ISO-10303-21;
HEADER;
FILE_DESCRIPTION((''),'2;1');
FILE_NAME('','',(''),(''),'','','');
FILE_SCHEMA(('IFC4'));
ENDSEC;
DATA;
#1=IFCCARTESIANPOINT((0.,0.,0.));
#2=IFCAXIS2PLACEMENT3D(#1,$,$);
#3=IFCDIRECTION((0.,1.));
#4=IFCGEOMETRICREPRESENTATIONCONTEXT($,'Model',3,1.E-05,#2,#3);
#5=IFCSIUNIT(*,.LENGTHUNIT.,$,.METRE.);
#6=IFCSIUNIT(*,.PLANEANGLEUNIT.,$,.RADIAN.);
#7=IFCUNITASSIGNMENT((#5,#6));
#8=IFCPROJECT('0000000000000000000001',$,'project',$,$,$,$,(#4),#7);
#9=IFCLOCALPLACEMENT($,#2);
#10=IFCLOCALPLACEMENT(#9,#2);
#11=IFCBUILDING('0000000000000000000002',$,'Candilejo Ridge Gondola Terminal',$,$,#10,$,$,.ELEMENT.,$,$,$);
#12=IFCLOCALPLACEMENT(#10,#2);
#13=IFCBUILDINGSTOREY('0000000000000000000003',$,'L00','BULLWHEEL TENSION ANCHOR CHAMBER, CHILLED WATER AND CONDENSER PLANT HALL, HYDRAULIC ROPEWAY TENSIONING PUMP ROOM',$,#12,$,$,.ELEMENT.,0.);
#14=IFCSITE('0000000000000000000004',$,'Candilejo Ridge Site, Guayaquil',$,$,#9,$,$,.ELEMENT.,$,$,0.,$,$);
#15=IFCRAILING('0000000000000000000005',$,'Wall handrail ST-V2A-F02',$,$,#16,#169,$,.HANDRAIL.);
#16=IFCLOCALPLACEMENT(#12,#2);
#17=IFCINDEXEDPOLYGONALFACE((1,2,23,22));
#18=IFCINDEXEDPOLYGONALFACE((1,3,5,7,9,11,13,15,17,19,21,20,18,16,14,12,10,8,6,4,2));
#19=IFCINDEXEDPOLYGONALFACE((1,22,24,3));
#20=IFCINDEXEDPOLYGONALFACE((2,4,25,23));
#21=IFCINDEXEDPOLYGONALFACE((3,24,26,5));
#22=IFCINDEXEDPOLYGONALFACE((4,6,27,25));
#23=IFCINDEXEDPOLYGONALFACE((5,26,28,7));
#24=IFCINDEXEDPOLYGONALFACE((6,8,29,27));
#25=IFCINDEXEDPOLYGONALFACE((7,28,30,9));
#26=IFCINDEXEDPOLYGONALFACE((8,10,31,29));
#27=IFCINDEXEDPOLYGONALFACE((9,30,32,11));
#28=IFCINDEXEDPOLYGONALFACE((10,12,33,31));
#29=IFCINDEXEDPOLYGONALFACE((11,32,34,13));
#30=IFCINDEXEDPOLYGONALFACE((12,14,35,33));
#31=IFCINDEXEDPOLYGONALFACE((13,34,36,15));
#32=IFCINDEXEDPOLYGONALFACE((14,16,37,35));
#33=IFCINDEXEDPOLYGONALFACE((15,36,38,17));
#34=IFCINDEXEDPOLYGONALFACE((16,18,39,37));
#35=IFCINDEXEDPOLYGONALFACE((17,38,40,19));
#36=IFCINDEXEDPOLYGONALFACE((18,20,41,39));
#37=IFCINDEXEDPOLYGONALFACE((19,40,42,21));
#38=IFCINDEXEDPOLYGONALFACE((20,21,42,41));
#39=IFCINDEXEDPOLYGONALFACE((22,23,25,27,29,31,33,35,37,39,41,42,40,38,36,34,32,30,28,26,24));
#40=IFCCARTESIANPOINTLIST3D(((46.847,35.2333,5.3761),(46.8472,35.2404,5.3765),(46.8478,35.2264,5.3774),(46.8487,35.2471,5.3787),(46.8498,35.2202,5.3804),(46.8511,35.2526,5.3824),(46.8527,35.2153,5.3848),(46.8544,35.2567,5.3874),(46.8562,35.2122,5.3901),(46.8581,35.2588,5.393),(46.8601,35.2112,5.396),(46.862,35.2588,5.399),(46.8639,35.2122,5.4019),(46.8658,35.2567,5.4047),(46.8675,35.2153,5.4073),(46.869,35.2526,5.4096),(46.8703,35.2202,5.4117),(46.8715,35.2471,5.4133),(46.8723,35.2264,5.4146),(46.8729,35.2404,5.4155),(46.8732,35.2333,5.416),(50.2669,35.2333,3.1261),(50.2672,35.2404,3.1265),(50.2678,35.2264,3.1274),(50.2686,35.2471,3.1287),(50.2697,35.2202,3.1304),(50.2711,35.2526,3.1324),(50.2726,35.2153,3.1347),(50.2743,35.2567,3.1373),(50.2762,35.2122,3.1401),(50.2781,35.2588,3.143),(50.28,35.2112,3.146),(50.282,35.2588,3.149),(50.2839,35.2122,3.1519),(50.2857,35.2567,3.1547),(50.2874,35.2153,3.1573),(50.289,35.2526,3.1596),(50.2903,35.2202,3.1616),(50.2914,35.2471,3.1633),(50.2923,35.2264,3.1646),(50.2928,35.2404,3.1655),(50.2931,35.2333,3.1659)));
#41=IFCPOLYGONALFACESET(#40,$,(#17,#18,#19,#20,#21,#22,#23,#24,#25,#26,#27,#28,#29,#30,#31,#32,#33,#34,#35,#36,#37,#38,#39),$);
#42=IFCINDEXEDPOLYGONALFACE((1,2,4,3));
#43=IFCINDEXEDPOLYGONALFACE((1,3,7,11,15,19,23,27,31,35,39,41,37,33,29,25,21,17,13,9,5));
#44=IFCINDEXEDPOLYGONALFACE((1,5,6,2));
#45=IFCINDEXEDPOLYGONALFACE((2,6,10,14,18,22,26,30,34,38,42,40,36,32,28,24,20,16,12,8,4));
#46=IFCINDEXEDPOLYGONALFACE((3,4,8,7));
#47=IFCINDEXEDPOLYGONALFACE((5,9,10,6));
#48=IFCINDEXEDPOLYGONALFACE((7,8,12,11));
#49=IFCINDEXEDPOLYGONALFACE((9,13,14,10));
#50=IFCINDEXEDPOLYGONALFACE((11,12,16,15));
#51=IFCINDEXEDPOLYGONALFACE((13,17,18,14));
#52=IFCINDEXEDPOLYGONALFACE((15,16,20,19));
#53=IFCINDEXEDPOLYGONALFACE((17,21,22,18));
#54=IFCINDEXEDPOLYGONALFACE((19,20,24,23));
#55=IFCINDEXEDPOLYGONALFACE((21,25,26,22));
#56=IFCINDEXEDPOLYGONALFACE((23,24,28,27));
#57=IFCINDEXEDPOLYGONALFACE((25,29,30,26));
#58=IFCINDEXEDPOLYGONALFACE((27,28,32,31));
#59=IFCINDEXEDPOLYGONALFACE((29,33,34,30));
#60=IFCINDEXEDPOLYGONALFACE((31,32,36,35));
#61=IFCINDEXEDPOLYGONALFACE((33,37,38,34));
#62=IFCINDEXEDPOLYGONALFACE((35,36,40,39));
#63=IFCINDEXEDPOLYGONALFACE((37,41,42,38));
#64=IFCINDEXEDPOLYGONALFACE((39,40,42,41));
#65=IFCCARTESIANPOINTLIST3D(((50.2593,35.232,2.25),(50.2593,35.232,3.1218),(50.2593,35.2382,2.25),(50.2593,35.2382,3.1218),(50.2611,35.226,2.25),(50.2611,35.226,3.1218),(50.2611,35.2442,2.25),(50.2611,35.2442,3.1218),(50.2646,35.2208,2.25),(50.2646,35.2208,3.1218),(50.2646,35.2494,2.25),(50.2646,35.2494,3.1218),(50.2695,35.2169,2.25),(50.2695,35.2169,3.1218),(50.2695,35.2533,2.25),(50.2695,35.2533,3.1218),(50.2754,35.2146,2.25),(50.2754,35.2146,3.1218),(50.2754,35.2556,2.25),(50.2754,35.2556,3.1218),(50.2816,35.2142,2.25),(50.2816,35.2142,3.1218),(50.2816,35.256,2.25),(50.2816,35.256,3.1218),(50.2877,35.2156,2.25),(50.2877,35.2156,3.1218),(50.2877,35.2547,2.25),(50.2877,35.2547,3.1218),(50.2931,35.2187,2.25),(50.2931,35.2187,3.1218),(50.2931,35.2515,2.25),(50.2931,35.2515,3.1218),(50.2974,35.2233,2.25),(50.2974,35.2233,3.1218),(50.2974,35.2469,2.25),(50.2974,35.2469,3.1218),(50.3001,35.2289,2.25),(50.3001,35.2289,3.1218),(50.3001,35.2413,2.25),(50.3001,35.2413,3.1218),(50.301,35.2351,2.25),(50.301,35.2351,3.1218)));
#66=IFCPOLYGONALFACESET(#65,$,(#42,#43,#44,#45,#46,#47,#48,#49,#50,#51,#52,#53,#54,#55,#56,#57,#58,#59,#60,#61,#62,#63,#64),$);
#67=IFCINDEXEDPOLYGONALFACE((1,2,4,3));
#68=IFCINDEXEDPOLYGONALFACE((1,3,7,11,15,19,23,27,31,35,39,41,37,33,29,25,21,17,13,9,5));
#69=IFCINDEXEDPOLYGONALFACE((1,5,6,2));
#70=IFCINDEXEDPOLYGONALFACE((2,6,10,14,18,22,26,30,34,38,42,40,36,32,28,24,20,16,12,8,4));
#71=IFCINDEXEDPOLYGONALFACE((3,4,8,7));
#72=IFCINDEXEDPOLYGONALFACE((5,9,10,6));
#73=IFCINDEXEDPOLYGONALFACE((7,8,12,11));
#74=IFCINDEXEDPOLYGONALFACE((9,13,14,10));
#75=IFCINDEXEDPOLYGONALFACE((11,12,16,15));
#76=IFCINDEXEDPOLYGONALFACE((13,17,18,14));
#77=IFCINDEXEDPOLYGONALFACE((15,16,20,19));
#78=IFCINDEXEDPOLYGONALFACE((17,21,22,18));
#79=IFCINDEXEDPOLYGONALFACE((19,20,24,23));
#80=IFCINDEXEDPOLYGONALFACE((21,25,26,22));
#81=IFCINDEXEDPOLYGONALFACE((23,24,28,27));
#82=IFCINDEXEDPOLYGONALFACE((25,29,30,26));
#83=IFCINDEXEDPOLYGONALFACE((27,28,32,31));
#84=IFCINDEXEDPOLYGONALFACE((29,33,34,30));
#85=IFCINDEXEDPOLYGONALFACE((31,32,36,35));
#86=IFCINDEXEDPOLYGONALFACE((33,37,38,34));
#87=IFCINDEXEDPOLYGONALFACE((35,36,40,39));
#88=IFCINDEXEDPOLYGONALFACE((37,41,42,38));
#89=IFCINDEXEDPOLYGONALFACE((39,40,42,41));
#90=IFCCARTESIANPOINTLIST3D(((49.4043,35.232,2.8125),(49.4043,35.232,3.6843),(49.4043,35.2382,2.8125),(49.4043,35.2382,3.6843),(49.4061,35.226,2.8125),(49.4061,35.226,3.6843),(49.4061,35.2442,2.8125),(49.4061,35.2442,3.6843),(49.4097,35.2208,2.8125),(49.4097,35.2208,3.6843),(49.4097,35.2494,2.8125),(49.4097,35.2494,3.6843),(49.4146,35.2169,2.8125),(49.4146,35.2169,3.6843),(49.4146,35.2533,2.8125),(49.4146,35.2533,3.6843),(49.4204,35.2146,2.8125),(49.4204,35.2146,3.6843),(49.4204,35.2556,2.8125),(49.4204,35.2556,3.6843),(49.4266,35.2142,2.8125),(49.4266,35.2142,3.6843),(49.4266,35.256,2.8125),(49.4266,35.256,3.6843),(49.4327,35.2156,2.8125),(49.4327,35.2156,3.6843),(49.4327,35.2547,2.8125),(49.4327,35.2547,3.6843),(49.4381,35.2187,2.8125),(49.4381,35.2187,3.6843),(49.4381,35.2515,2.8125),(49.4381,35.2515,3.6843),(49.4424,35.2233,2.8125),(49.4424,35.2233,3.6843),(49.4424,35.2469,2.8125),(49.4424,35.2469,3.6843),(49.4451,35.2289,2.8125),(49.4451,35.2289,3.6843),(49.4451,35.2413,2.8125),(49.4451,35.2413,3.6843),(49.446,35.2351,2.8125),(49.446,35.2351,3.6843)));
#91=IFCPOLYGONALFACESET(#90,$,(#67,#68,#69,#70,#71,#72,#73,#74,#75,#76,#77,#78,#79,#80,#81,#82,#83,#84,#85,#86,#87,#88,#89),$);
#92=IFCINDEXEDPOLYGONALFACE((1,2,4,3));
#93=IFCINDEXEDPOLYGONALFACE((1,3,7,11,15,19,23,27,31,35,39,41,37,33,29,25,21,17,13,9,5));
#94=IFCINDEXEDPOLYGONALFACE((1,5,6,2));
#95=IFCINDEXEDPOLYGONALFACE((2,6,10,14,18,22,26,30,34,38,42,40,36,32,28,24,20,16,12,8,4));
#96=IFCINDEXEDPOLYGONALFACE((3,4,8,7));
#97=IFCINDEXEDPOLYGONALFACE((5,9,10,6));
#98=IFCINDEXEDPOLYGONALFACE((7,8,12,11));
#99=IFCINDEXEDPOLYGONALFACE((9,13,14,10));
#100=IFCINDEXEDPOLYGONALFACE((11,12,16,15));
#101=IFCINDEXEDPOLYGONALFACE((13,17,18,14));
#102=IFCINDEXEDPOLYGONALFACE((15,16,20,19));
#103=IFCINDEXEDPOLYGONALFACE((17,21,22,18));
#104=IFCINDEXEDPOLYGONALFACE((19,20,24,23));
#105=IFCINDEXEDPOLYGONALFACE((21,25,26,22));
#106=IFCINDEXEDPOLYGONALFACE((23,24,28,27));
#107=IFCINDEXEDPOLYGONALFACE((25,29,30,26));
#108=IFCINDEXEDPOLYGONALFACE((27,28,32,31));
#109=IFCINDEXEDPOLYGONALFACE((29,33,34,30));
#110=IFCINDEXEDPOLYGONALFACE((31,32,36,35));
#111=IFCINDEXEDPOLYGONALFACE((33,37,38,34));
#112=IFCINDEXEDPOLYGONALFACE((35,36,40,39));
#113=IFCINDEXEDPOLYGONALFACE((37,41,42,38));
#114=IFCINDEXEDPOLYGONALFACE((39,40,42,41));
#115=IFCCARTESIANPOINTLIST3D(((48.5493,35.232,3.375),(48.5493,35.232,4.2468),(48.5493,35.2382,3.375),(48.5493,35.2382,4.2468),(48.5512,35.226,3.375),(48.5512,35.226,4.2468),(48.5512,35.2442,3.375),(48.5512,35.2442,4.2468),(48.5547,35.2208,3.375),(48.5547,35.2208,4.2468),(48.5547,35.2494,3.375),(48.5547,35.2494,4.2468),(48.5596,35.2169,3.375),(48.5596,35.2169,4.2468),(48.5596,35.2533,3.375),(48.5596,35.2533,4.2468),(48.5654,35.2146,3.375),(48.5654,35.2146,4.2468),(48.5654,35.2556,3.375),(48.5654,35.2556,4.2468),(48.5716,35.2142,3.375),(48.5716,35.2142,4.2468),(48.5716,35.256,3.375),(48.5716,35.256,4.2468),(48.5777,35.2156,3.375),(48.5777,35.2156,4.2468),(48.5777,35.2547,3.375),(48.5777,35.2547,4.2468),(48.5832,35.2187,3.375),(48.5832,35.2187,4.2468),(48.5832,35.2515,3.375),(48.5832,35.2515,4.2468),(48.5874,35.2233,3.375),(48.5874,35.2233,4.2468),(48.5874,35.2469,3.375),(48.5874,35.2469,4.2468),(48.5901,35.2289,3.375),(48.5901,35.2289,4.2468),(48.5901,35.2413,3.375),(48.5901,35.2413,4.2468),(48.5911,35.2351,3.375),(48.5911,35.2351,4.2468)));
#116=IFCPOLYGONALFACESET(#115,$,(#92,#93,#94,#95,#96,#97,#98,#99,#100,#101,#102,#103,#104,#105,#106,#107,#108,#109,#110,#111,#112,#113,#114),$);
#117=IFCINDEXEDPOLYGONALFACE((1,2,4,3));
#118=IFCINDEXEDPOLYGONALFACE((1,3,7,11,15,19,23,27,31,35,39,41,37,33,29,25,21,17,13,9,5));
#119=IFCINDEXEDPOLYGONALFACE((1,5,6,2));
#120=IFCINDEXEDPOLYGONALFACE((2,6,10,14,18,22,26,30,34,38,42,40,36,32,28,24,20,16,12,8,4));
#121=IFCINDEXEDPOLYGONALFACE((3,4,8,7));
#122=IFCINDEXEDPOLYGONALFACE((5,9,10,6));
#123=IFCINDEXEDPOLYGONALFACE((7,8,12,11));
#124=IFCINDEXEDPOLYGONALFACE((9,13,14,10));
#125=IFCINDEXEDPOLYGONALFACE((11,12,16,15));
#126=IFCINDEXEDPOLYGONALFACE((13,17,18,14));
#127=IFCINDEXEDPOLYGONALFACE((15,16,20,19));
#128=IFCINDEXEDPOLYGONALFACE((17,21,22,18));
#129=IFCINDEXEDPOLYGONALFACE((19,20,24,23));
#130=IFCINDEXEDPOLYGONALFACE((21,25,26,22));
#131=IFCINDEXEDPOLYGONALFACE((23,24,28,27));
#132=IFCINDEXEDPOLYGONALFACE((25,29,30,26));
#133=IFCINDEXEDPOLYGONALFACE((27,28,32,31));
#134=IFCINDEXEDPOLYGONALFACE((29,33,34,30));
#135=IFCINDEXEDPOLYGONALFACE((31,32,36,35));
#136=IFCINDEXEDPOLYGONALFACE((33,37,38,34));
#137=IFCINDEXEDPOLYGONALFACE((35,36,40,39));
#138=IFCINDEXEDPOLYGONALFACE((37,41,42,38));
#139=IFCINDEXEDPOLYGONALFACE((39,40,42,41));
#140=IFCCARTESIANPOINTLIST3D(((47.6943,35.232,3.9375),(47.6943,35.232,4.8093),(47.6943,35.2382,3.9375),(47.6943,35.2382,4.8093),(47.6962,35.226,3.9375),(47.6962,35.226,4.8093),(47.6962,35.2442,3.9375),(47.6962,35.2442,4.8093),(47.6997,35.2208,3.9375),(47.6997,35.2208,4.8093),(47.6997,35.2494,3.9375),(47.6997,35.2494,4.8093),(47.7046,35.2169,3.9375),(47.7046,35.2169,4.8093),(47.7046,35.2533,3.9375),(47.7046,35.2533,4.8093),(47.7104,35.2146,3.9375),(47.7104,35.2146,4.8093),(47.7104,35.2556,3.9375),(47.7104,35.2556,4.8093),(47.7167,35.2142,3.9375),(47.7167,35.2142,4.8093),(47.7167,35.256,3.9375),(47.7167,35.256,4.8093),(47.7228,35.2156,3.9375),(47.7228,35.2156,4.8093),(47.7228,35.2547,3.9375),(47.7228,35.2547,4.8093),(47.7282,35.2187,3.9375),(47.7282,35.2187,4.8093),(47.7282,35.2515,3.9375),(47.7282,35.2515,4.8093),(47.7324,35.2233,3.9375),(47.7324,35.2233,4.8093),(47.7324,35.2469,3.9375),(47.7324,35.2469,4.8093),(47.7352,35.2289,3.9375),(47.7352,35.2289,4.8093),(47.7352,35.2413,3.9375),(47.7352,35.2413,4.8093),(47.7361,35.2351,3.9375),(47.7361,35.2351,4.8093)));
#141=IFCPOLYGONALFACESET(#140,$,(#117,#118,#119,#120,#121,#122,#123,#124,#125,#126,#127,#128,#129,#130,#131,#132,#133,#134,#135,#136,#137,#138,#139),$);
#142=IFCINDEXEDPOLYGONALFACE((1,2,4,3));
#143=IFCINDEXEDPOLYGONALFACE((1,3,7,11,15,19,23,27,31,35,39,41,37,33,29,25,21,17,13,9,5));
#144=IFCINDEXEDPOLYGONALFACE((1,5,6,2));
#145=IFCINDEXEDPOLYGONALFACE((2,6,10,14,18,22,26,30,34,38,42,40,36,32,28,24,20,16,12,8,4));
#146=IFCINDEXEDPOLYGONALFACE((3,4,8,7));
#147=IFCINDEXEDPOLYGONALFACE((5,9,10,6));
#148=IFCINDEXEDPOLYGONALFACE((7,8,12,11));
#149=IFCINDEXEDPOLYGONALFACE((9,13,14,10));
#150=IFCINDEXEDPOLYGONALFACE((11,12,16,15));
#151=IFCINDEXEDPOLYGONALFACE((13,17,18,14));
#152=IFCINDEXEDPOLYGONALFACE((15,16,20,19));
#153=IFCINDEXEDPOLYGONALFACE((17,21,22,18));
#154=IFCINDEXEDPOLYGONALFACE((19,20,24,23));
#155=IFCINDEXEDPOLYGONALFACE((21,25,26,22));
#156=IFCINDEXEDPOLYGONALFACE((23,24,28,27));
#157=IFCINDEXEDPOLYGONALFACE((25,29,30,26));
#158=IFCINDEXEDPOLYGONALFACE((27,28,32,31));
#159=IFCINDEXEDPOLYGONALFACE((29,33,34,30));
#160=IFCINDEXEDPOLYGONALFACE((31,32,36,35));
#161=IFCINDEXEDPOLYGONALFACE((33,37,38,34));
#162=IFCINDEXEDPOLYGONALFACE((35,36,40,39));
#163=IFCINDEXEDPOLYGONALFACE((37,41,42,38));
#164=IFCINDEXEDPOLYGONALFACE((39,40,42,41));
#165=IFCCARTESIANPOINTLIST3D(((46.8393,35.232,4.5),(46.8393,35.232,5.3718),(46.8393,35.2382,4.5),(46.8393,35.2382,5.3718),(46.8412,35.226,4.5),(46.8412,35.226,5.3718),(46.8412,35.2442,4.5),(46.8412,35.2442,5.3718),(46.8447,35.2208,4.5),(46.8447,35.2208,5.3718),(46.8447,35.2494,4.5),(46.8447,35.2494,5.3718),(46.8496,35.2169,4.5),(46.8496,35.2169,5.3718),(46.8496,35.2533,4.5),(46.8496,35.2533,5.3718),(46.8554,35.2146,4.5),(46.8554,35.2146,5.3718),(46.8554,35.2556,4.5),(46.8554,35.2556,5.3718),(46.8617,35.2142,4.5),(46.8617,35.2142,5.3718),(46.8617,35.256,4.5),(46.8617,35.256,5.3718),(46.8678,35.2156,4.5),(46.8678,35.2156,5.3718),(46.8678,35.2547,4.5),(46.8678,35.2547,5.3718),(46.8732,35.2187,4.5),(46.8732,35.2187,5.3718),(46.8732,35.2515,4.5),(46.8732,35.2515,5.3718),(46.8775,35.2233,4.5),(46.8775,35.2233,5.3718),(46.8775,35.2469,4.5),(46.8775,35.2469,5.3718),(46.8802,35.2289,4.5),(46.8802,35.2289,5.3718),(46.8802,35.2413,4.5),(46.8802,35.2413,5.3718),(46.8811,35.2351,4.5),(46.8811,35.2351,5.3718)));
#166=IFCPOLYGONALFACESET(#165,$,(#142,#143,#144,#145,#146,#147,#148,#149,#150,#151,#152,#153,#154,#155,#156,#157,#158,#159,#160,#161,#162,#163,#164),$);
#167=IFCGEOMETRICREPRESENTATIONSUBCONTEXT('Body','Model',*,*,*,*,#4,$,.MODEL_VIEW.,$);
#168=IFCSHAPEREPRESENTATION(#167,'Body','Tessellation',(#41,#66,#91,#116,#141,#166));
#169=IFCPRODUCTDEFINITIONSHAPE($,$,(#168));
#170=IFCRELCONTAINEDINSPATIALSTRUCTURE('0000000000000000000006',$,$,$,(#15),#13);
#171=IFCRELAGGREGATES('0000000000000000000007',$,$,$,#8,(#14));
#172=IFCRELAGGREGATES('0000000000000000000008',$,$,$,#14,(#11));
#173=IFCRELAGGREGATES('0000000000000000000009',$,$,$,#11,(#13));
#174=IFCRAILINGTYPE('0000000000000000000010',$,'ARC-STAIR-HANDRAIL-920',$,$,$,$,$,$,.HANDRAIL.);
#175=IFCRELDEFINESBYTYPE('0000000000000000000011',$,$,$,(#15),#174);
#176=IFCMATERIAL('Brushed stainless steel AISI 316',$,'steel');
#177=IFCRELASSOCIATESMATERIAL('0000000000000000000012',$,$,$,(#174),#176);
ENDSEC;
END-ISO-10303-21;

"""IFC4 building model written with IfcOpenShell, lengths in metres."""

from ifc_helpers import new_model, si_unit, direction, frame, origin, origin_2d, place, context, subcontext, project, spatial, circle, extrude, material, type_object, element, save


model = new_model("IFC4")

# Units and contexts
model_context = context("Model", 3, precision=1e-05, world=origin(), true_north=direction((0.0, 1.0)))
body_context = subcontext(model_context, "Body", "Model", "MODEL_VIEW")
ifc_project = project(units=[si_unit("LENGTHUNIT", "METRE"), si_unit("PLANEANGLEUNIT", "RADIAN")], contexts=[model_context])

# Site, building, storey
site_placement = place(None, origin())
site = spatial("IfcSite", under=ifc_project, at=site_placement, Name="Candilejo Ridge Site, Guayaquil", CompositionType="ELEMENT", RefElevation=0.0)
building_placement = place(site_placement, origin())
building = spatial("IfcBuilding", under=site, at=building_placement, Name="Candilejo Ridge Gondola Terminal", CompositionType="ELEMENT")
storey_placement = place(building_placement, origin())
storey = spatial("IfcBuildingStorey", under=building, at=storey_placement, Name="L00", Description="BULLWHEEL TENSION ANCHOR CHAMBER, CHILLED WATER AND CONDENSER PLANT HALL, HYDRAULIC ROPEWAY TENSIONING PUMP ROOM", CompositionType="ELEMENT", Elevation=0.0)

# Railing
ifc_material_1 = material(Name="Brushed stainless steel AISI 316", Category="steel")
railing_type_1 = type_object("IfcRailingType", Name="ARC-STAIR-HANDRAIL-920", PredefinedType="HANDRAIL", material=ifc_material_1)
railing_1_placement = place(storey_placement, frame((50.28, 35.2351, 2.25)))
element("IfcRailing", 1, at=railing_1_placement, inside=storey, type_object=railing_type_1, Name="Wall handrail ST-V2A-F02", PredefinedType="HANDRAIL", context=body_context, shape_type="SweptSolid", body=[
    extrude(circle(Radius=0.0239, at=origin_2d()), frame((0.0, 0.0, 0.896), z_axis=(-0.835411, 0.0, 0.549625), x_axis=(0.0, -1.0, 0.0)), (0.0, 0.0, 1.0), 4.0938),
    extrude(circle(Radius=0.021, at=origin_2d()), origin(), (0.0, 0.0, 1.0), 0.8718),
    extrude(circle(Radius=0.021, at=origin_2d()), frame((-0.855, 0.0, 0.5625)), (0.0, 0.0, 1.0), 0.8718),
    extrude(circle(Radius=0.021, at=origin_2d()), frame((-1.71, 0.0, 1.125)), (0.0, 0.0, 1.0), 0.8718),
    extrude(circle(Radius=0.021, at=origin_2d()), frame((-2.5649, 0.0, 1.6875)), (0.0, 0.0, 1.0), 0.8718),
    extrude(circle(Radius=0.021, at=origin_2d()), frame((-3.4199, 0.0, 2.25)), (0.0, 0.0, 1.0), 0.8718),
])

save(model, "model.ifc")
